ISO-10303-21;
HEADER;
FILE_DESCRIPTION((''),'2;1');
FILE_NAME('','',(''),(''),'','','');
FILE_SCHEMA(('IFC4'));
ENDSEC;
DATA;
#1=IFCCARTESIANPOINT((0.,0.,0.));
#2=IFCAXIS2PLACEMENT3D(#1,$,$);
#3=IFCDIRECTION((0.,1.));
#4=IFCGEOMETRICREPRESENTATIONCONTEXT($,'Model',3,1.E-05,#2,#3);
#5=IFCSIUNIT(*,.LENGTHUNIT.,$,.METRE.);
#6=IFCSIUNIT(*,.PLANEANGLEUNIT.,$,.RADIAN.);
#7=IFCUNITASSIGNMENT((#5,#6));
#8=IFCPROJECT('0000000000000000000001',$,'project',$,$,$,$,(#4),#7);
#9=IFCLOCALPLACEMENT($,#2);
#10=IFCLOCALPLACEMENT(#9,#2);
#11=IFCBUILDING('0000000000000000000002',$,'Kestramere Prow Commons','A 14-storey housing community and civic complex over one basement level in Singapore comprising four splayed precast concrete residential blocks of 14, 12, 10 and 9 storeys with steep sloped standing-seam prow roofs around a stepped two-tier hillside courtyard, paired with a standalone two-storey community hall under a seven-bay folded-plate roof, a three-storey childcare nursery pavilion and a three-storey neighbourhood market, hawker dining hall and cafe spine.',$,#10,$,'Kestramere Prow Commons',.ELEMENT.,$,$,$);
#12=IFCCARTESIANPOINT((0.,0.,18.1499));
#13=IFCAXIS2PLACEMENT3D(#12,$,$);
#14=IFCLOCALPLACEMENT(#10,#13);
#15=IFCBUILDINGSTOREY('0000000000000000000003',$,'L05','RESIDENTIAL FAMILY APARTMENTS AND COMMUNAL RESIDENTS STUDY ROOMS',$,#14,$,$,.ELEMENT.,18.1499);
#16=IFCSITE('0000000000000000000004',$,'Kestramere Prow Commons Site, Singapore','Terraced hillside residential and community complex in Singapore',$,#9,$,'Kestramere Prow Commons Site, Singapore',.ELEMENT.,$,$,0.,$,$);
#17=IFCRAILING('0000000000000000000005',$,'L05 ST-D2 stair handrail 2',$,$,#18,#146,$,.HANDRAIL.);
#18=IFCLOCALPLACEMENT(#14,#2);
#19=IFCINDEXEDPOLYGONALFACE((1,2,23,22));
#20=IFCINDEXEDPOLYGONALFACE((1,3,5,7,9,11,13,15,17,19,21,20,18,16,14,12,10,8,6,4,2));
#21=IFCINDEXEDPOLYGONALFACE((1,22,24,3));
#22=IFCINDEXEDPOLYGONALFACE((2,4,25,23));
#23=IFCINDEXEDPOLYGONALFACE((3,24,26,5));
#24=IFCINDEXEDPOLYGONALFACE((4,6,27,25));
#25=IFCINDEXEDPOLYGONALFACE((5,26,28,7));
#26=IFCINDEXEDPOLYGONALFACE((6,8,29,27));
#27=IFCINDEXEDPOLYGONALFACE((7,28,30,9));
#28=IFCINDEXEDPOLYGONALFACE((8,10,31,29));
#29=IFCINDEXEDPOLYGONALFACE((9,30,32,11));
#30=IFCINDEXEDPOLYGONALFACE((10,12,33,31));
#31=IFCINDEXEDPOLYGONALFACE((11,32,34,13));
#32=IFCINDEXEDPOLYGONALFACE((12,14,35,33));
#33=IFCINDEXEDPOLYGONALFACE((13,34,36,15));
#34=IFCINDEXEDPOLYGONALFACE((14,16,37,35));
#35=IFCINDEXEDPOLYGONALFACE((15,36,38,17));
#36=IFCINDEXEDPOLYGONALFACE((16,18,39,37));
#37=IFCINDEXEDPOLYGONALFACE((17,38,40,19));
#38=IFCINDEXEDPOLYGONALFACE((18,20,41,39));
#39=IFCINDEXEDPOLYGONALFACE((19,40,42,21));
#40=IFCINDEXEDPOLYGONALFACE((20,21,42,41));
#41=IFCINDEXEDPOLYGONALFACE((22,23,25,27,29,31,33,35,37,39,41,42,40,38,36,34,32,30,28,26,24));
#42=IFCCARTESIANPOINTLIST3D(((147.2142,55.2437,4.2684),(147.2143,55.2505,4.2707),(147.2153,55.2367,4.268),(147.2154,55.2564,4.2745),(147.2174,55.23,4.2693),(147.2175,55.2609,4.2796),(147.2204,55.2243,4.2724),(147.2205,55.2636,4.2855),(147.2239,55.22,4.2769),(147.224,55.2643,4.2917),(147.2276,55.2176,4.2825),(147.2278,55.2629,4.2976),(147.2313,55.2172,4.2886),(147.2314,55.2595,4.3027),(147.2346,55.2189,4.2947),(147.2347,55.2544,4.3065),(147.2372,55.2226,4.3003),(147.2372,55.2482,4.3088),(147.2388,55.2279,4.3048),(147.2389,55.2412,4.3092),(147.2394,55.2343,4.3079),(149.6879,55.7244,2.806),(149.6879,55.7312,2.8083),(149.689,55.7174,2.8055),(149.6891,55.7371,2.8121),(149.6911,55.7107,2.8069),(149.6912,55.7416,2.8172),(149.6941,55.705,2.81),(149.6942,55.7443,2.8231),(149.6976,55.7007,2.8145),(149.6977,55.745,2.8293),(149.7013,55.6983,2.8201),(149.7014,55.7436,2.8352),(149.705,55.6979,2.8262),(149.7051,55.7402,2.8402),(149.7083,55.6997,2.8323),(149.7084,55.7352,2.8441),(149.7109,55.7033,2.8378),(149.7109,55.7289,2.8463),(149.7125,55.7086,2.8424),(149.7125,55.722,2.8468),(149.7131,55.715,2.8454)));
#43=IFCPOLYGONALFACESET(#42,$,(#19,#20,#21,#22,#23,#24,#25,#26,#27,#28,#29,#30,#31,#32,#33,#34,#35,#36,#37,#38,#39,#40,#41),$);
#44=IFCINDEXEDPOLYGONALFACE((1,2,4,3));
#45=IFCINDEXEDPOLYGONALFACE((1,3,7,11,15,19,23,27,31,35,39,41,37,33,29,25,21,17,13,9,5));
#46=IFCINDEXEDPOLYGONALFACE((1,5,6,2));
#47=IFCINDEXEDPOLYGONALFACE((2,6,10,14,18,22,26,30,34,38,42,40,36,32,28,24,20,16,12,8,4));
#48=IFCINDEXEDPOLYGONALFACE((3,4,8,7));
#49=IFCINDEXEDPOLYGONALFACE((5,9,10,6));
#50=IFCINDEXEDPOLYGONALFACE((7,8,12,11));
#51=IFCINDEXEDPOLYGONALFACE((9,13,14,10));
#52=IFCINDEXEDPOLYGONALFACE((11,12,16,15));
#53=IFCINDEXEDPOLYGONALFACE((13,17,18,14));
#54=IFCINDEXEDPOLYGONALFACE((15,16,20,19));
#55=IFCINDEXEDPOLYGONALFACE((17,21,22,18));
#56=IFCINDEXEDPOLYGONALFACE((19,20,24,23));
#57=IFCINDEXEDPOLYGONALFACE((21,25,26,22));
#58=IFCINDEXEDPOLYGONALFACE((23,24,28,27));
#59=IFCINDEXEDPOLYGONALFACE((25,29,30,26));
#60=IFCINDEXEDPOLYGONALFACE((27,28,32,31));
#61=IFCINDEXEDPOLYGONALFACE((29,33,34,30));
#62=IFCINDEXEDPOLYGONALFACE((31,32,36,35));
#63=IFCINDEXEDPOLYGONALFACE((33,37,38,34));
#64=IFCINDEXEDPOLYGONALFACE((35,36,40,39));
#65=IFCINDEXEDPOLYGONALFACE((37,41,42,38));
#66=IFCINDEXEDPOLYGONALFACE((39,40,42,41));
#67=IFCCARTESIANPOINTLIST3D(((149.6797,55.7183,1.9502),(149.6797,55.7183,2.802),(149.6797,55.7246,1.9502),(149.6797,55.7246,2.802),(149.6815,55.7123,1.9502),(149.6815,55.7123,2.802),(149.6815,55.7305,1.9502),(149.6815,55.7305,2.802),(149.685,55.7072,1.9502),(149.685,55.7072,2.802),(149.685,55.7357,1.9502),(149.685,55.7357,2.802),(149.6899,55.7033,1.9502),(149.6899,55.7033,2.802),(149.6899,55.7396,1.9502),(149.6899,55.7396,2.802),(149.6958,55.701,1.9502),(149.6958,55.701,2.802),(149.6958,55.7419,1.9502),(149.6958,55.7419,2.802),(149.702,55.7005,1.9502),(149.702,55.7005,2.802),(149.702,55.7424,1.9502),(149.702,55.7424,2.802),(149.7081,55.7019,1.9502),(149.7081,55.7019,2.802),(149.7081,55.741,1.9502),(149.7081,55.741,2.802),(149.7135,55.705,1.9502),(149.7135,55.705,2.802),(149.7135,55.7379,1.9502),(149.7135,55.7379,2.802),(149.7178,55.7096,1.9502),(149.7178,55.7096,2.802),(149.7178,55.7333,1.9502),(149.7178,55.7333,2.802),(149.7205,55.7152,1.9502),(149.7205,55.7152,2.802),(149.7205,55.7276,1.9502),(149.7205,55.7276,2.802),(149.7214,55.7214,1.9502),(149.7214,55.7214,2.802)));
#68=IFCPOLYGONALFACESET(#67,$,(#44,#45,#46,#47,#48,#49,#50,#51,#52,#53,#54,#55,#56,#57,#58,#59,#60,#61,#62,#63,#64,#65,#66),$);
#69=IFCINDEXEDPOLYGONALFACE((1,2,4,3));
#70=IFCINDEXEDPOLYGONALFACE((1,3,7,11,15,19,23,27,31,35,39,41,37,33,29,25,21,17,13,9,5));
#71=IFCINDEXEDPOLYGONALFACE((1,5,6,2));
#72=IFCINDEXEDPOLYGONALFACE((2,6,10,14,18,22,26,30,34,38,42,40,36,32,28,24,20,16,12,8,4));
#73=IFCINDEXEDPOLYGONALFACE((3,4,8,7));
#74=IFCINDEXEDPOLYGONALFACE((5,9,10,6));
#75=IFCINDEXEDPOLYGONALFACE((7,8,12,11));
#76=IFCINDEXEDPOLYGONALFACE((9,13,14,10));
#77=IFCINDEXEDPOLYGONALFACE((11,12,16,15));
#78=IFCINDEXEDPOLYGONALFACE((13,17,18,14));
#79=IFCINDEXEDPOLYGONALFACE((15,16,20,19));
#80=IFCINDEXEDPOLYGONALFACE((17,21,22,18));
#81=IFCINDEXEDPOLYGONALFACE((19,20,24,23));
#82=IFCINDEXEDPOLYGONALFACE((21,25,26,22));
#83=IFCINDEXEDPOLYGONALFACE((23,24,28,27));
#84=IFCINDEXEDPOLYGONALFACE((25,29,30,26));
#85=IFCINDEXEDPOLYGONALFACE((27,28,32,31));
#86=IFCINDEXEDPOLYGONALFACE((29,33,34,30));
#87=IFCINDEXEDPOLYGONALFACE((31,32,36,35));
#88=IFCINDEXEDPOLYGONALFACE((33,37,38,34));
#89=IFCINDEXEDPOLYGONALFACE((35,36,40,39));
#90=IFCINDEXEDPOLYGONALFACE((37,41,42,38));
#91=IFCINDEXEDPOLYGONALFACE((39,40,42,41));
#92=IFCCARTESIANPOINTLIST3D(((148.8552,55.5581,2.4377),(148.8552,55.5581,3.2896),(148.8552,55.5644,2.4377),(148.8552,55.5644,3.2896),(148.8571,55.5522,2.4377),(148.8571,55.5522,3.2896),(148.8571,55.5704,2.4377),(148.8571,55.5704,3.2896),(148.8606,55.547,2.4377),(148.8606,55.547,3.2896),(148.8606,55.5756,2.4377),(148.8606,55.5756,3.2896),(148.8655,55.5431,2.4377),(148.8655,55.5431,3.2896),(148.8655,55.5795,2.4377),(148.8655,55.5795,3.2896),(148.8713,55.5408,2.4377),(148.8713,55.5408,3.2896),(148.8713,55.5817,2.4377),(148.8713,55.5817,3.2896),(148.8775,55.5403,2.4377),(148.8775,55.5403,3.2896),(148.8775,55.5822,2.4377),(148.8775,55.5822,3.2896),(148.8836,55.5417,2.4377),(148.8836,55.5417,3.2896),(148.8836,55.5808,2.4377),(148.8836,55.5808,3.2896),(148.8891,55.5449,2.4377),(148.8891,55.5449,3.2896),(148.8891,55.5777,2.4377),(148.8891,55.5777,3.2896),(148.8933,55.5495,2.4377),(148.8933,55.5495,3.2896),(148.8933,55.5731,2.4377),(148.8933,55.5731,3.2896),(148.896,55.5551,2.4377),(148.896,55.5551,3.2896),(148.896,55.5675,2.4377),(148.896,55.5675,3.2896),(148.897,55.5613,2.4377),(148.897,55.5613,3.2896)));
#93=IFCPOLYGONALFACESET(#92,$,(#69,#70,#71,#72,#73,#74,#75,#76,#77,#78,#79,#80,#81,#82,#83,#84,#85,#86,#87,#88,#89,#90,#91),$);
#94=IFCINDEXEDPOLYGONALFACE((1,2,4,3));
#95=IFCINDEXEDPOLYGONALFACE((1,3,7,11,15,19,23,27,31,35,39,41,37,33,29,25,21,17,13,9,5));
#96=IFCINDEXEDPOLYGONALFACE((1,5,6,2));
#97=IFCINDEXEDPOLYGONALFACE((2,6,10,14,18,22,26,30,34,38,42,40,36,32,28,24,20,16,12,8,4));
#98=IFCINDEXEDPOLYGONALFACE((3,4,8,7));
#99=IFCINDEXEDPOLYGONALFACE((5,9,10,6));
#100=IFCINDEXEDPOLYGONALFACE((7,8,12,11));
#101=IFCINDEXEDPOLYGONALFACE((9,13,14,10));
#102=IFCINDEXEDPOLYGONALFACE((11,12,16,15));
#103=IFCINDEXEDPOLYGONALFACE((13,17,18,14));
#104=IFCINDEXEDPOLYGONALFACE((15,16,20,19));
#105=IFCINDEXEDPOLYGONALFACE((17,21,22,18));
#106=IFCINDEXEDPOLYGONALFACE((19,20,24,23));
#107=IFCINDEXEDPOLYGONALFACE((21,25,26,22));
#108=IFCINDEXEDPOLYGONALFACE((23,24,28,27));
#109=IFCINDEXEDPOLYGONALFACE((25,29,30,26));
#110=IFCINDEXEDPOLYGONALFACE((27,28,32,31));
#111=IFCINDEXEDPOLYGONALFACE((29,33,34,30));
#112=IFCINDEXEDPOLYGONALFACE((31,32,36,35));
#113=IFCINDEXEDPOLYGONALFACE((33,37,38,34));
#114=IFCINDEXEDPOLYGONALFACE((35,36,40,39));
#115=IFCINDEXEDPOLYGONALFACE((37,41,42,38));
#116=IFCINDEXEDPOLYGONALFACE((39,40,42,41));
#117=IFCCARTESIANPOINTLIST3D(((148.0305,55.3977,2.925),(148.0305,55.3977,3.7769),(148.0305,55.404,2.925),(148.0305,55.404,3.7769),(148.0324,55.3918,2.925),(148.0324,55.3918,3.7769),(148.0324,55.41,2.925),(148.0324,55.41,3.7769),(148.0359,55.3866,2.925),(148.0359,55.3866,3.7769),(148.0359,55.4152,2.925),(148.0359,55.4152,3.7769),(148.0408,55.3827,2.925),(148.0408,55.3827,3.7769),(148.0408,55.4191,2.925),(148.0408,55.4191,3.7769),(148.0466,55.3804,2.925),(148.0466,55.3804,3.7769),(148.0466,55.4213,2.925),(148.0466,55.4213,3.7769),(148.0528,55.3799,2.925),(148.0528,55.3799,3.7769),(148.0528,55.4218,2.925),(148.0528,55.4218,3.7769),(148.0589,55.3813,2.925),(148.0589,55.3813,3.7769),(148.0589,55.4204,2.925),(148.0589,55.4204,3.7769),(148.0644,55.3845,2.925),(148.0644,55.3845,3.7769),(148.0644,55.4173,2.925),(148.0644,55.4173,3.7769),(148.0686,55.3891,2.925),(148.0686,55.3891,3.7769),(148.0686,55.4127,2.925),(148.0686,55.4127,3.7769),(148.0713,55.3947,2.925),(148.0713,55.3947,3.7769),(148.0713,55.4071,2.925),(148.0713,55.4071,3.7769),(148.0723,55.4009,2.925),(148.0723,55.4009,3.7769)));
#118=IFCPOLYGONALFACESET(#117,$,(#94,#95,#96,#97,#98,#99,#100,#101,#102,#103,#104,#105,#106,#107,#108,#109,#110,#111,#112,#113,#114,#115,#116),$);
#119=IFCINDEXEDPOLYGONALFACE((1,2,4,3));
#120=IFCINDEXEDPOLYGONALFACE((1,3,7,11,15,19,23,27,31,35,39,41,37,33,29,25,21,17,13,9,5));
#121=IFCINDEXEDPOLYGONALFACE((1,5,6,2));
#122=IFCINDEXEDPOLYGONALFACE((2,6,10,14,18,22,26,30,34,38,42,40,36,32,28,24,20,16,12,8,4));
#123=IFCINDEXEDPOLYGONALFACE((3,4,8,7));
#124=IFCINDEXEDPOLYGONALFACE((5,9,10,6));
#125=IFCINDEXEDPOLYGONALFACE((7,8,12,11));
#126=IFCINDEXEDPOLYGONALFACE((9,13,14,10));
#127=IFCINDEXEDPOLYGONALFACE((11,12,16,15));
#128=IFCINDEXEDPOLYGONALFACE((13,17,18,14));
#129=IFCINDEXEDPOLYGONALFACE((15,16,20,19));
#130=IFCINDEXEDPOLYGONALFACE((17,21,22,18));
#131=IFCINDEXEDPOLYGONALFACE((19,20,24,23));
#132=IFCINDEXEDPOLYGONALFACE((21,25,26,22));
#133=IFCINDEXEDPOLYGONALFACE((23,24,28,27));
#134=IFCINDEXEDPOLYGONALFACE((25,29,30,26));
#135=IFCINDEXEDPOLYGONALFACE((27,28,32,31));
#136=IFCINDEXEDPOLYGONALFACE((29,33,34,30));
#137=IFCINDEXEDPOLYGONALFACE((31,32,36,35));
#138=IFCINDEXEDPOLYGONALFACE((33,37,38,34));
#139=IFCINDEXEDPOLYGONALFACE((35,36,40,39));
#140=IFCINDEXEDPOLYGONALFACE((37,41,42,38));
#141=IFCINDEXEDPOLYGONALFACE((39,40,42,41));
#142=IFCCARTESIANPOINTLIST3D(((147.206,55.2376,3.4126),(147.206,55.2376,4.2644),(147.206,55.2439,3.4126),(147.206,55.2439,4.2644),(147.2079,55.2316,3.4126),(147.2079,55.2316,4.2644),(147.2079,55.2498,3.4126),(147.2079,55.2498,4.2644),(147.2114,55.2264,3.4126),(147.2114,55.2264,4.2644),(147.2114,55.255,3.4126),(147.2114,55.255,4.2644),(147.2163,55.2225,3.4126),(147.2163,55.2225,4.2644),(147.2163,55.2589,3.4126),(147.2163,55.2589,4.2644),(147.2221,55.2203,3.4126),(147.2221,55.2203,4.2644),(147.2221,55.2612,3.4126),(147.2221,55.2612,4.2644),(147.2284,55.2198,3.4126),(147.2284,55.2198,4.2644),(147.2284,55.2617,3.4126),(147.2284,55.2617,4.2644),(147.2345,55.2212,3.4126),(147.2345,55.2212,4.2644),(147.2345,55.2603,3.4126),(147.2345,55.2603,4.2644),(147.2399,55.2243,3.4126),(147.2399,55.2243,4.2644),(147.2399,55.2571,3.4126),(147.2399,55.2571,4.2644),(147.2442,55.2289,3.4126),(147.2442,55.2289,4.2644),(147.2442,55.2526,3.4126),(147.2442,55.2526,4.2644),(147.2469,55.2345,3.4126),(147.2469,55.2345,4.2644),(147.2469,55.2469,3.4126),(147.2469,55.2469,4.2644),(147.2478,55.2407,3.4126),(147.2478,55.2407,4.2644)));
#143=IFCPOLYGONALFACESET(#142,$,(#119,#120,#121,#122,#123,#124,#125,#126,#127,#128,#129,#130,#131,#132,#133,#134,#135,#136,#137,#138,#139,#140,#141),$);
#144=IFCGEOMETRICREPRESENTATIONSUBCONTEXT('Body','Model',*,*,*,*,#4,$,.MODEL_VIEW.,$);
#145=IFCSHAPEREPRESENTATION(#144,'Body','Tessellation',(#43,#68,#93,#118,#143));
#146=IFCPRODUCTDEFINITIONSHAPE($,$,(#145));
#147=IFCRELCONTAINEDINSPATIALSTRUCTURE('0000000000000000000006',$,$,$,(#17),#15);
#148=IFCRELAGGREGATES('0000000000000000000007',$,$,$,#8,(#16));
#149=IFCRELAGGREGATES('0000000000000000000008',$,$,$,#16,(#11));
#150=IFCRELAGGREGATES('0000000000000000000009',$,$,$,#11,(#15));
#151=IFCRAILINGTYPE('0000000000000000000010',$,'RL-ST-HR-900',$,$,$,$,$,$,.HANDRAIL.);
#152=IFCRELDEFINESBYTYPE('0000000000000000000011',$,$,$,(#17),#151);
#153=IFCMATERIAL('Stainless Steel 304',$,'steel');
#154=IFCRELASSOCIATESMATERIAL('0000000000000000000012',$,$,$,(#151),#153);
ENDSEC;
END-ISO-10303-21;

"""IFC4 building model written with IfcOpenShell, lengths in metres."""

from ifc_helpers import new_model, si_unit, direction, frame, origin, origin_2d, place, context, subcontext, project, spatial, circle, extrude, material, type_object, element, save


model = new_model("IFC4")

# Units and contexts
model_context = context("Model", 3, precision=1e-05, world=origin(), true_north=direction((0.0, 1.0)))
body_context = subcontext(model_context, "Body", "Model", "MODEL_VIEW")
ifc_project = project(units=[si_unit("LENGTHUNIT", "METRE"), si_unit("PLANEANGLEUNIT", "RADIAN")], contexts=[model_context])

# Site, building, storey
site_placement = place(None, origin())
site = spatial("IfcSite", under=ifc_project, at=site_placement, Name="Kestramere Prow Commons Site, Singapore", Description="Terraced hillside residential and community complex in Singapore", LongName="Kestramere Prow Commons Site, Singapore", CompositionType="ELEMENT", RefElevation=0.0)
building_placement = place(site_placement, origin())
building = spatial("IfcBuilding", under=site, at=building_placement, Name="Kestramere Prow Commons", Description="A 14-storey housing community and civic complex over one basement level in Singapore comprising four splayed precast concrete residential blocks of 14, 12, 10 and 9 storeys with steep sloped standing-seam prow roofs around a stepped two-tier hillside courtyard, paired with a standalone two-storey community hall under a seven-bay folded-plate roof, a three-storey childcare nursery pavilion and a three-storey neighbourhood market, hawker dining hall and cafe spine.", LongName="Kestramere Prow Commons", CompositionType="ELEMENT")
storey_placement = place(building_placement, frame((0.0, 0.0, 18.1499)))
storey = spatial("IfcBuildingStorey", under=building, at=storey_placement, Name="L05", Description="RESIDENTIAL FAMILY APARTMENTS AND COMMUNAL RESIDENTS STUDY ROOMS", CompositionType="ELEMENT", Elevation=18.1499)

# Railing
ifc_material_1 = material(Name="Stainless Steel 304", Category="steel")
railing_type_1 = type_object("IfcRailingType", Name="RL-ST-HR-900", PredefinedType="HANDRAIL", material=ifc_material_1)
railing_1_placement = place(storey_placement, frame((149.7004, 55.7214, 1.9502)))
element("IfcRailing", 1, at=railing_1_placement, inside=storey, type_object=railing_type_1, Name="L05 ST-D2 stair handrail 2", PredefinedType="HANDRAIL", context=body_context, shape_type="SweptSolid", body=[
    extrude(circle(Radius=0.0239, at=origin_2d()), frame((0.0, 0.0, 0.876), z_axis=(-0.84902, -0.164994, 0.501938), x_axis=(0.190766, -0.981636, 0.0)), (0.0, 0.0, 1.0), 2.9136),
    extrude(circle(Radius=0.021, at=origin_2d()), origin(), (0.0, 0.0, 1.0), 0.8518),
    extrude(circle(Radius=0.021, at=origin_2d()), frame((-0.8245, -0.1602, 0.4875)), (0.0, 0.0, 1.0), 0.8518),
    extrude(circle(Radius=0.021, at=origin_2d()), frame((-1.6492, -0.3206, 0.9749)), (0.0, 0.0, 1.0), 0.8518),
    extrude(circle(Radius=0.021, at=origin_2d()), frame((-2.4736, -0.4807, 1.4624)), (0.0, 0.0, 1.0), 0.8518),
])

save(model, "model.ifc")
